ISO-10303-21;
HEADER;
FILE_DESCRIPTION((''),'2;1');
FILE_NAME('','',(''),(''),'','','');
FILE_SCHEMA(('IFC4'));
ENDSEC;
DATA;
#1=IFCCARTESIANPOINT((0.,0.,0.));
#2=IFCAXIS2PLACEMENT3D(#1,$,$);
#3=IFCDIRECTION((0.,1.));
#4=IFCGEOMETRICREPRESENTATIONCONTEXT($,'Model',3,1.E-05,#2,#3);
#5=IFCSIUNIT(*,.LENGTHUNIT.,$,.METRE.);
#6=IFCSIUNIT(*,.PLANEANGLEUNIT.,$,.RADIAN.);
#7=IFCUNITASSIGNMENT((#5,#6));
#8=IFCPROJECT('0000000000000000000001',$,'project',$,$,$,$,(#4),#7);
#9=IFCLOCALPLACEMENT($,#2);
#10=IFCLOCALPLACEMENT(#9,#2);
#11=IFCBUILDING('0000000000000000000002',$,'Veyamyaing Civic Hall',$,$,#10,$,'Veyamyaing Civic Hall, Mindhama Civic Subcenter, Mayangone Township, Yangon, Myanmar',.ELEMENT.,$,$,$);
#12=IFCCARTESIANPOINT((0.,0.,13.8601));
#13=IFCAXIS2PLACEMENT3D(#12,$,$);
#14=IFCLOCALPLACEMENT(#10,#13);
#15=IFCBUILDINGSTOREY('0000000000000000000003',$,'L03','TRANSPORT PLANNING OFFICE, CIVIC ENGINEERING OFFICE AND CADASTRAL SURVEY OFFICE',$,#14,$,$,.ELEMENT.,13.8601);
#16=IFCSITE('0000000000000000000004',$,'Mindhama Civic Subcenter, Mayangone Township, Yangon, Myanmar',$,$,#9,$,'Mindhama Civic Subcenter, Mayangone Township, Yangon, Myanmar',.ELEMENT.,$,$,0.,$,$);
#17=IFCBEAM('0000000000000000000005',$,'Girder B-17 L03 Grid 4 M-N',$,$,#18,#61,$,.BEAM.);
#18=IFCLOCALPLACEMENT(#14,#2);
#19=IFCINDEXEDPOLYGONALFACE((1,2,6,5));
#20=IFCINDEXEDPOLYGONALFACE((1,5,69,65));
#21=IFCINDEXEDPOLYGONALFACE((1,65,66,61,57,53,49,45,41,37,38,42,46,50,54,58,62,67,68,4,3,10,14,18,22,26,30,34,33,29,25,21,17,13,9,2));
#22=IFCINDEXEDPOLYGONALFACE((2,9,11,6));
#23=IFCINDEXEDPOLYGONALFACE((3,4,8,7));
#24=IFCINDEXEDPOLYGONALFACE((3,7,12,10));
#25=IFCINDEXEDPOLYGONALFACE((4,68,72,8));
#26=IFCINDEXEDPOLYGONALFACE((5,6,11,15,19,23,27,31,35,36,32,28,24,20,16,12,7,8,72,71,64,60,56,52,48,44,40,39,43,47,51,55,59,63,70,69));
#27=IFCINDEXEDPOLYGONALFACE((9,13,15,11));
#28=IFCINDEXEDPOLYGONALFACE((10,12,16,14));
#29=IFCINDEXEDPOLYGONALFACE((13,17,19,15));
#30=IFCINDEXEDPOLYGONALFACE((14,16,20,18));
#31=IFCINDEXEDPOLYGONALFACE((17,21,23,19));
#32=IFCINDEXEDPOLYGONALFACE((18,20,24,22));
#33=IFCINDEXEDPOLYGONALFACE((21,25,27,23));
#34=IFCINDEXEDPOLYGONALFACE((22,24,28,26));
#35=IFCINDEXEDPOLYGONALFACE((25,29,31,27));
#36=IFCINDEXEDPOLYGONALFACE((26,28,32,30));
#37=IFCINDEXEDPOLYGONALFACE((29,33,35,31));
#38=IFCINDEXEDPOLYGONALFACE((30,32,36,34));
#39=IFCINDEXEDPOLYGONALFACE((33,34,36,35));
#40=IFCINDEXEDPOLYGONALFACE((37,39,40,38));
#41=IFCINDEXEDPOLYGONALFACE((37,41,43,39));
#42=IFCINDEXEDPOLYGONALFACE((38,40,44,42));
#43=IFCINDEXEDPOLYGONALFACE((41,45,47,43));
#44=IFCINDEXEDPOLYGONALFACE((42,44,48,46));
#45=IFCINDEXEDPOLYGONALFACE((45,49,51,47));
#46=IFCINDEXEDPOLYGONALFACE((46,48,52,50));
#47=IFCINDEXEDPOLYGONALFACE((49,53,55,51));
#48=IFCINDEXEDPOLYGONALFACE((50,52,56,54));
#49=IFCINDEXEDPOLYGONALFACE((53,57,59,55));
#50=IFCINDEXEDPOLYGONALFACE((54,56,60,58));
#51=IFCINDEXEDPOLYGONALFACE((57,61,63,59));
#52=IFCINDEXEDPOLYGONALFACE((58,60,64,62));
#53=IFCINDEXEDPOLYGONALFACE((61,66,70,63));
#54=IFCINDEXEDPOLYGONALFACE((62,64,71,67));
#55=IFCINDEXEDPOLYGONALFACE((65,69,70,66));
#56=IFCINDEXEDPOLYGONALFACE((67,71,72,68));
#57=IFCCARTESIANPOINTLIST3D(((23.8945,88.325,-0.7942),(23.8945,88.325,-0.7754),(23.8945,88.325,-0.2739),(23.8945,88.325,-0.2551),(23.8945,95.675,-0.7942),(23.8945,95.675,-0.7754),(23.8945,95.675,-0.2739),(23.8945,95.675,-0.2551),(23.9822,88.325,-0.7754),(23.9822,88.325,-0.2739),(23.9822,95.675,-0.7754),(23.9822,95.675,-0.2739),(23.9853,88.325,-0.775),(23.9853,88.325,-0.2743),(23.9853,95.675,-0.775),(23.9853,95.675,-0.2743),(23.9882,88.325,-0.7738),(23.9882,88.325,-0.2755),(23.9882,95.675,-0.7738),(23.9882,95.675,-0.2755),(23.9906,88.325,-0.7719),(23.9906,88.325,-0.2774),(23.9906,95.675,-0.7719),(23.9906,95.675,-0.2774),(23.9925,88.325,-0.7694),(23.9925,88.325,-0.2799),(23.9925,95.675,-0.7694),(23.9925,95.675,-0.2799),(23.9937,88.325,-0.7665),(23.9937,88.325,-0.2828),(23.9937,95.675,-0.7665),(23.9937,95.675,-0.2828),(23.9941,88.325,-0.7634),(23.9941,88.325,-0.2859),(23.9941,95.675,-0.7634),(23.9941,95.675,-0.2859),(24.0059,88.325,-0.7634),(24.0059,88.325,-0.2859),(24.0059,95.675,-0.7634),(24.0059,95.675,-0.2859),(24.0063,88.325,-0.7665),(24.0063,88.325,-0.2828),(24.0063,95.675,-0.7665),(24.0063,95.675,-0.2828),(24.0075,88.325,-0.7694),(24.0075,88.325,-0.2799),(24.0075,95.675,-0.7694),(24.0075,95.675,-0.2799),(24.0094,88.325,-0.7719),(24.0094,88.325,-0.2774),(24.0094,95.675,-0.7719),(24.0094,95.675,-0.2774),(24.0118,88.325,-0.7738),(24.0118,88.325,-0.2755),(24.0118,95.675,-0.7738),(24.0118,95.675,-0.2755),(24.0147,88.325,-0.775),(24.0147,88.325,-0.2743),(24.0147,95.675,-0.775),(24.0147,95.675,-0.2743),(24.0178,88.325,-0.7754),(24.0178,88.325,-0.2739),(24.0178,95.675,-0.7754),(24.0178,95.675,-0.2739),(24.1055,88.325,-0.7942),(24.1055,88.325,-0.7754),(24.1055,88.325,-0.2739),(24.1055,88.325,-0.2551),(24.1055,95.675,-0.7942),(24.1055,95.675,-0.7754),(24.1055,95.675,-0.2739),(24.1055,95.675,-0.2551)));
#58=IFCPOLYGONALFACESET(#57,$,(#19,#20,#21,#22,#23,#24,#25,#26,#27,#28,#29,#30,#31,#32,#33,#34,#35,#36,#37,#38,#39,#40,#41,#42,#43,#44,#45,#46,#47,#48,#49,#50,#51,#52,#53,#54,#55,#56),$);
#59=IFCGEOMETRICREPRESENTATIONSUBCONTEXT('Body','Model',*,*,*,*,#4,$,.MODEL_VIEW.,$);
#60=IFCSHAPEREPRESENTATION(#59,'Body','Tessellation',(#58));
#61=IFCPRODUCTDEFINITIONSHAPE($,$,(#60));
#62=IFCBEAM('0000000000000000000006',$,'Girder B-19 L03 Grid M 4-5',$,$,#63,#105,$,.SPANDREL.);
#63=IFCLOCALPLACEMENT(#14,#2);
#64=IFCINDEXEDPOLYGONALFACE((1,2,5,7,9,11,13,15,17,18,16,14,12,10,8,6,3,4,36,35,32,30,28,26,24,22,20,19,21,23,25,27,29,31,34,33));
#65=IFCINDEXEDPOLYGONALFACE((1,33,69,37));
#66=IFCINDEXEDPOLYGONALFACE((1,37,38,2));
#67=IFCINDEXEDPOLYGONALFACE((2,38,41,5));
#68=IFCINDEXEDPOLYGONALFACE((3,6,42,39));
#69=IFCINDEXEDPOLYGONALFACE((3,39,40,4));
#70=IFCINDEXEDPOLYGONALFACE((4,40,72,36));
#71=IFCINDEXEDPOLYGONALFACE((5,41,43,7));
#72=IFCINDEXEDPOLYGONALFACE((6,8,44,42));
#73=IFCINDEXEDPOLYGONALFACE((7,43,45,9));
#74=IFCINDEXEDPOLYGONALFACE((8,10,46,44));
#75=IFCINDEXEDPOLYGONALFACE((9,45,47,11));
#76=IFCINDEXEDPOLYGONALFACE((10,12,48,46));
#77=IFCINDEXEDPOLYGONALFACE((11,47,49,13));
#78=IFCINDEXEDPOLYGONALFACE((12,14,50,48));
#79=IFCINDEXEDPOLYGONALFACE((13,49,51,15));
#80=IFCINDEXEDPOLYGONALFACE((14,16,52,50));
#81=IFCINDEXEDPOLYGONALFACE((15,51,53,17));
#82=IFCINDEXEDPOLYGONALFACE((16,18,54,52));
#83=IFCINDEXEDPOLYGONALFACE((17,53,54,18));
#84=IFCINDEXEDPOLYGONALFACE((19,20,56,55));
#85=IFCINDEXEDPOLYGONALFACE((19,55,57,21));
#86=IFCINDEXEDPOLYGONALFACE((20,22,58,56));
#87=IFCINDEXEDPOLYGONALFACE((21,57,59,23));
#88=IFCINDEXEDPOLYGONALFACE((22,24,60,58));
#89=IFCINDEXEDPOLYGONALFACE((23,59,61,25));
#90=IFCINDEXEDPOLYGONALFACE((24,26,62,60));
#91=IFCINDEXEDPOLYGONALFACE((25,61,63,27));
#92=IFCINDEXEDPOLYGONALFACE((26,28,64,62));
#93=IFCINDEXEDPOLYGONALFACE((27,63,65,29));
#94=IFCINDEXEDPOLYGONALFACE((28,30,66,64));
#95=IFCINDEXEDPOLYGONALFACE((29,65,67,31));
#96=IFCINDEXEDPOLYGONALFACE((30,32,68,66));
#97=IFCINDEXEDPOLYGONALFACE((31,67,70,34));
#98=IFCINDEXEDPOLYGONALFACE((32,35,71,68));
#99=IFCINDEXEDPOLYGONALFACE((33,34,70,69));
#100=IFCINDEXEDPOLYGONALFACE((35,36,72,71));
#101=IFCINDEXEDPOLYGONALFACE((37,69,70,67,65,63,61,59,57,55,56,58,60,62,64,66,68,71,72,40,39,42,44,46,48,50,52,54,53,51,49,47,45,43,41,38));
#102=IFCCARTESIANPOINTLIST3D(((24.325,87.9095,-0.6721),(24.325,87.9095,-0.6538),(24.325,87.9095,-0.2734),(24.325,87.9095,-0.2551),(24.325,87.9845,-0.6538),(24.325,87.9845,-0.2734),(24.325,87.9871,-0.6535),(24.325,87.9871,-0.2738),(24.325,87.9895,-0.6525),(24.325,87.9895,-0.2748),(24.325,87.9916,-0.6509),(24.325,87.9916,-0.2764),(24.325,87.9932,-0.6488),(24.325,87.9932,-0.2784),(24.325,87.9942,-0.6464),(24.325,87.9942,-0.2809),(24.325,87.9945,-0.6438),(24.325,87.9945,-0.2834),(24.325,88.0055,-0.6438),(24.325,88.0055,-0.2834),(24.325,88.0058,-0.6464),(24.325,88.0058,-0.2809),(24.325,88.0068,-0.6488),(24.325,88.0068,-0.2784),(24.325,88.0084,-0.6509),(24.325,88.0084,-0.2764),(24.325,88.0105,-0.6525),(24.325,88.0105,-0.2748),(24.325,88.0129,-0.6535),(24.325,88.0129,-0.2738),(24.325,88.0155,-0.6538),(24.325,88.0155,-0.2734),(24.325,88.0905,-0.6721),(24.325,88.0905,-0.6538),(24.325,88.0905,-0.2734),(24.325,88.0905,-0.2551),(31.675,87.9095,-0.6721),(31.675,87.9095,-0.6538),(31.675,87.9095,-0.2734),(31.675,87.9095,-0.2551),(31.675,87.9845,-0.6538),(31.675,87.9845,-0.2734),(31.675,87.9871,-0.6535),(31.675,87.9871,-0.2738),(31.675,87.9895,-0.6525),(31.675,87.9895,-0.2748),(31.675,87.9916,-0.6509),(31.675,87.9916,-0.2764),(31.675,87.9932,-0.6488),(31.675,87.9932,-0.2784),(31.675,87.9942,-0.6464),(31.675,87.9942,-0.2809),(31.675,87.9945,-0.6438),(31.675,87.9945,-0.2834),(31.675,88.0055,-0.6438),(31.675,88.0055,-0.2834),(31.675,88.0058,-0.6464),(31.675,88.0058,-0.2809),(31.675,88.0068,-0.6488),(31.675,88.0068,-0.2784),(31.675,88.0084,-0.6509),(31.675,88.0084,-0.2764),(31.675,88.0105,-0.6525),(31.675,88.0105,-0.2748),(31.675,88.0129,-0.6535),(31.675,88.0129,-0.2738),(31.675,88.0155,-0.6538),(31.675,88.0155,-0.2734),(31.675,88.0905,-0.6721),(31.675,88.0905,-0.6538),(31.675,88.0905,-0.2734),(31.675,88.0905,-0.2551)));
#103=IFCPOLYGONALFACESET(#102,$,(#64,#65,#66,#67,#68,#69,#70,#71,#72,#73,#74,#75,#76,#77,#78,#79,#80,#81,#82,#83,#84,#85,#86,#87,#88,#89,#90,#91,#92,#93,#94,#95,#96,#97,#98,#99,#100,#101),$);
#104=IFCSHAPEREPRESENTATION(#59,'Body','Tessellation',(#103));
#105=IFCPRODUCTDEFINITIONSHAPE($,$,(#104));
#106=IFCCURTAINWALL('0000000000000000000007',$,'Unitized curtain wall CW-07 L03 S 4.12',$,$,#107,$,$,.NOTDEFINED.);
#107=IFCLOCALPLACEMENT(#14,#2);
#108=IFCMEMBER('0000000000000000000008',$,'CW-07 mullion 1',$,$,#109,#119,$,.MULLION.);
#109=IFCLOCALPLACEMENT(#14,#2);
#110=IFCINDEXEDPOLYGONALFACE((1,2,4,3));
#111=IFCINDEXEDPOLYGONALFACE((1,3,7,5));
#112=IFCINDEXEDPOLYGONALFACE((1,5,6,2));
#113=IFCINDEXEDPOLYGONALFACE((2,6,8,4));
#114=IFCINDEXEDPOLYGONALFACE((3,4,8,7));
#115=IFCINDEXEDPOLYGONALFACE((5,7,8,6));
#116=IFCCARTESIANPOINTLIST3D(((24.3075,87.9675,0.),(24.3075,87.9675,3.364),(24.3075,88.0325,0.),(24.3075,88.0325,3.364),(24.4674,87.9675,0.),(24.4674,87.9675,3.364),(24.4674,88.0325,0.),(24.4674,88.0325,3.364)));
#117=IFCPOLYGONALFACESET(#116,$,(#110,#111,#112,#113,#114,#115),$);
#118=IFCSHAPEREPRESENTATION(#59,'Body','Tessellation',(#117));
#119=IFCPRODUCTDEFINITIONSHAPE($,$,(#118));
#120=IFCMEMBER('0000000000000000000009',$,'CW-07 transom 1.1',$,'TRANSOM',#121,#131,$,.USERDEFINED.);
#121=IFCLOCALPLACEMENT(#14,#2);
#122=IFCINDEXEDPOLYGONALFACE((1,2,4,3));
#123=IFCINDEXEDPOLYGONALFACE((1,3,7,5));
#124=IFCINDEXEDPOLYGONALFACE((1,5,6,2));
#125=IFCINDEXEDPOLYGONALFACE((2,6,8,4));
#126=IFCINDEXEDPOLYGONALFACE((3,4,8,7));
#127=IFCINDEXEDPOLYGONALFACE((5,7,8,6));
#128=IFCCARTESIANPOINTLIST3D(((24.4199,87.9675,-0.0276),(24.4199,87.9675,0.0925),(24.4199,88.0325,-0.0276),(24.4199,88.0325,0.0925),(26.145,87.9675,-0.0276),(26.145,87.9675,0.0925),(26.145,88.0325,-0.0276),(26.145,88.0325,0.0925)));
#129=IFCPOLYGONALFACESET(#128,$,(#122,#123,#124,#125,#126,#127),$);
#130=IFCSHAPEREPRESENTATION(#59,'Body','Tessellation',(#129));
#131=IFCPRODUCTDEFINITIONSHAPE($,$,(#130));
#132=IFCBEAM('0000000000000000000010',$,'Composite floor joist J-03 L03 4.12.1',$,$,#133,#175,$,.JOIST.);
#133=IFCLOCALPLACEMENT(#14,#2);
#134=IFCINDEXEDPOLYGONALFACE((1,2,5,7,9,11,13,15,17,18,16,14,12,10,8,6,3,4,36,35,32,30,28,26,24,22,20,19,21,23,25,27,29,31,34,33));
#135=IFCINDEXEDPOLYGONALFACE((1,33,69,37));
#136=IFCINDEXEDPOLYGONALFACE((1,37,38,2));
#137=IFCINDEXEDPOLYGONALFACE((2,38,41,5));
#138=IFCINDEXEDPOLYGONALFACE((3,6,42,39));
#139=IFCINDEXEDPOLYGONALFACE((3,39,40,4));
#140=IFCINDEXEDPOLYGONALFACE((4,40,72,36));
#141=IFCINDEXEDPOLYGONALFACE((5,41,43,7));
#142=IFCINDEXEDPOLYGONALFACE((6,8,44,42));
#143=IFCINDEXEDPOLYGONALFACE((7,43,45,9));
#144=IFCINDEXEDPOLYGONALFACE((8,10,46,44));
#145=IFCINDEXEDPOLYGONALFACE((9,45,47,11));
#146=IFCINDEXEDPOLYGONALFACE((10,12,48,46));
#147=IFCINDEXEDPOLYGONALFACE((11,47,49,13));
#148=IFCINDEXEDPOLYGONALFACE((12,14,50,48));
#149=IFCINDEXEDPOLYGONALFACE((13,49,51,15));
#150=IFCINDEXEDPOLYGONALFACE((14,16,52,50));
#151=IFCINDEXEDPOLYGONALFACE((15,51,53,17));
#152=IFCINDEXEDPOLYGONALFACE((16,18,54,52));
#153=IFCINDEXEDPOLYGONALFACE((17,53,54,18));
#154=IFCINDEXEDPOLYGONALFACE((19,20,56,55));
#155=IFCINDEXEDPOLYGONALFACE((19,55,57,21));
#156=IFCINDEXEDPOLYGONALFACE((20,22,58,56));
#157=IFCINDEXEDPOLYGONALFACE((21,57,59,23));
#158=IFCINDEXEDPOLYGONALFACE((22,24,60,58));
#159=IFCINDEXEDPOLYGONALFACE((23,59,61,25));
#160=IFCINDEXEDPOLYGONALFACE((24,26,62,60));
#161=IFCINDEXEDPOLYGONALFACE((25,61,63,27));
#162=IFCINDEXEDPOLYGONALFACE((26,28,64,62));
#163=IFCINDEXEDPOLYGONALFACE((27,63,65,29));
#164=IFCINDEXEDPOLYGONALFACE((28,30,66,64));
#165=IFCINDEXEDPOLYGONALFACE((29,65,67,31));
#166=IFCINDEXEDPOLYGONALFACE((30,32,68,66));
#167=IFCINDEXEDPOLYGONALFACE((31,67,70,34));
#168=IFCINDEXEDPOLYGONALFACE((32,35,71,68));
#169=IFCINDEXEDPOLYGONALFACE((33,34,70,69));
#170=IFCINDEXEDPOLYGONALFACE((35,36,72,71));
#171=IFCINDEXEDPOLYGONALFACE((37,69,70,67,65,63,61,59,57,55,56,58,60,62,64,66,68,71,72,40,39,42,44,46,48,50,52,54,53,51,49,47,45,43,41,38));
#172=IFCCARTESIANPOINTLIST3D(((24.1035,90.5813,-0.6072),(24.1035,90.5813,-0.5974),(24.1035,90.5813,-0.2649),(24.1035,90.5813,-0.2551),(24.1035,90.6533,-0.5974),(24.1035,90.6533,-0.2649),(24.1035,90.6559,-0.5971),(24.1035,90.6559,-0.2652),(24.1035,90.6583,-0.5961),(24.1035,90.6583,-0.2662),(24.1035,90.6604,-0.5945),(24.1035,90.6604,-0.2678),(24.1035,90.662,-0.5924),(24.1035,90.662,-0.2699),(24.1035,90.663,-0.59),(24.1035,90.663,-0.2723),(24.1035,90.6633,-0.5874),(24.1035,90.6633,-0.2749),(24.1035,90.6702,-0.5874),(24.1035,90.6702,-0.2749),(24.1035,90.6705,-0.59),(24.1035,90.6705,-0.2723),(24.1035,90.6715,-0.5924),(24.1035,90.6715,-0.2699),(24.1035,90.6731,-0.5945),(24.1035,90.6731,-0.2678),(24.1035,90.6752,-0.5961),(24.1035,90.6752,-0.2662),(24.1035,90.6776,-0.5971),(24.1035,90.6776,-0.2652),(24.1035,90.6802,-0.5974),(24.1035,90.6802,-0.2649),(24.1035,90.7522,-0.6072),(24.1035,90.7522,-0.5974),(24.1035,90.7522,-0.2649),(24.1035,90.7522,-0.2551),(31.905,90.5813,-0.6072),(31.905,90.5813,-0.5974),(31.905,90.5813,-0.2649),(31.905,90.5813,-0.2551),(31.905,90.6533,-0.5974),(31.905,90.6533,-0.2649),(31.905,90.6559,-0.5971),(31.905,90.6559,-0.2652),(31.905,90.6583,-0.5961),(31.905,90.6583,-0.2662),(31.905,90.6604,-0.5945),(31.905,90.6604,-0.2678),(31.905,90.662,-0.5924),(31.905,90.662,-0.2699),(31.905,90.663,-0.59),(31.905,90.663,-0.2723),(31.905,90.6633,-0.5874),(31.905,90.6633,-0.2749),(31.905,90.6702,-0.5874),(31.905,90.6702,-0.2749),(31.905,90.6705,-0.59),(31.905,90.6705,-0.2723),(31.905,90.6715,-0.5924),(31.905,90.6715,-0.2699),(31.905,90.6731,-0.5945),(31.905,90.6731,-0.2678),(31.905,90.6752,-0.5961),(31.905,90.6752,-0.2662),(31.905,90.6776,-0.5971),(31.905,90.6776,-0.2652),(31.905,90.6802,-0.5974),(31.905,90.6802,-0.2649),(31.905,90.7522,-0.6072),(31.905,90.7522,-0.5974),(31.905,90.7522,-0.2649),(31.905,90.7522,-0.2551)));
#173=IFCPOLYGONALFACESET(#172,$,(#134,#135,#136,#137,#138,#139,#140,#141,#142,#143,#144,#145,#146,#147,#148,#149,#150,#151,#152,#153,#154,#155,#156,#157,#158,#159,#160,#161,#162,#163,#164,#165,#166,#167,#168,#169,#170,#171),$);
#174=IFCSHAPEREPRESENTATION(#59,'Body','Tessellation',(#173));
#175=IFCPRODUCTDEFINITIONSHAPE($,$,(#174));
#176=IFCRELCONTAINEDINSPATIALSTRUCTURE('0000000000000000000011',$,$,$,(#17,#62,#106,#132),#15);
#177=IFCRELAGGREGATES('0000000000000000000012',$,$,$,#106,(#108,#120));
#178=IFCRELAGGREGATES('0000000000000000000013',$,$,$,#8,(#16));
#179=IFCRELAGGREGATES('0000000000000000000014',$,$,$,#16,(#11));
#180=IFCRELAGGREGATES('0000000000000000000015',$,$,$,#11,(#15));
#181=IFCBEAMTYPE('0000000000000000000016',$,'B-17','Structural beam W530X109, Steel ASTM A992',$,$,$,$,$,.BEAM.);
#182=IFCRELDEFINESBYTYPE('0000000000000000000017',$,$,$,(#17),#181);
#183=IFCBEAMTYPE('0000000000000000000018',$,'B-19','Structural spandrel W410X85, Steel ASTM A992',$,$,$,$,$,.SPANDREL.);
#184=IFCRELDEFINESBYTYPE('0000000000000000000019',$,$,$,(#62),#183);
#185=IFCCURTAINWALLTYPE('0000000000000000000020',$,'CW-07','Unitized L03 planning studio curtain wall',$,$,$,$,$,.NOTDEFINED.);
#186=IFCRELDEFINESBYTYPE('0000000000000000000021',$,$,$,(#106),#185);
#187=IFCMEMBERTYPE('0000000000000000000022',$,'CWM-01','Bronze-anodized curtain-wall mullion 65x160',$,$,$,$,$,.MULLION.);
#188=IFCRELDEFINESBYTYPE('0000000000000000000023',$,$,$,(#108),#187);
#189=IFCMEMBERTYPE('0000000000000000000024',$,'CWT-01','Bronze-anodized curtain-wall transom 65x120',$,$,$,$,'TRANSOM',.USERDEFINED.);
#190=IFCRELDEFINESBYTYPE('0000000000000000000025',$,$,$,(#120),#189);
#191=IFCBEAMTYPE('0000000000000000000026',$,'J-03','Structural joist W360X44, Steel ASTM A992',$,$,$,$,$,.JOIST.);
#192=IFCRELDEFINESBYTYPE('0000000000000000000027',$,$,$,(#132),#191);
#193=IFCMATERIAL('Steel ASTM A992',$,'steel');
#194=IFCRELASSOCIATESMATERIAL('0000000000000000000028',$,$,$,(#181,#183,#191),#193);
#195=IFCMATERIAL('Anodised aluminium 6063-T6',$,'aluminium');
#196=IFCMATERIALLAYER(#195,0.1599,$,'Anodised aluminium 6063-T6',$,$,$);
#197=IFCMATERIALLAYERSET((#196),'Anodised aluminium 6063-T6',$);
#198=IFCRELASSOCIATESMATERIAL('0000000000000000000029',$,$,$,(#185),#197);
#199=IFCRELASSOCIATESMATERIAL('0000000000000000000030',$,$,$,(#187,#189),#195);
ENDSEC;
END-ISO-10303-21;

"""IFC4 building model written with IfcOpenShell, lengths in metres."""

from ifc_helpers import new_model, si_unit, direction, frame, origin, origin_2d, place, context, subcontext, project, spatial, rectangle, i_section, extrude, material, layer, layer_set, material_profile, profile_set, type_object, element, aggregate, save


model = new_model("IFC4")

# Units and contexts
model_context = context("Model", 3, precision=1e-05, world=origin(), true_north=direction((0.0, 1.0)))
body_context = subcontext(model_context, "Body", "Model", "MODEL_VIEW")
ifc_project = project(units=[si_unit("LENGTHUNIT", "METRE"), si_unit("PLANEANGLEUNIT", "RADIAN")], contexts=[model_context])

# Site, building, storey
site_placement = place(None, origin())
site = spatial("IfcSite", under=ifc_project, at=site_placement, Name="Mindhama Civic Subcenter, Mayangone Township, Yangon, Myanmar", LongName="Mindhama Civic Subcenter, Mayangone Township, Yangon, Myanmar", CompositionType="ELEMENT", RefElevation=0.0)
building_placement = place(site_placement, origin())
building = spatial("IfcBuilding", under=site, at=building_placement, Name="Veyamyaing Civic Hall", LongName="Veyamyaing Civic Hall, Mindhama Civic Subcenter, Mayangone Township, Yangon, Myanmar", CompositionType="ELEMENT")
storey_placement = place(building_placement, frame((0.0, 0.0, 13.8601)))
storey = spatial("IfcBuildingStorey", under=building, at=storey_placement, Name="L03", Description="TRANSPORT PLANNING OFFICE, CIVIC ENGINEERING OFFICE AND CADASTRAL SURVEY OFFICE", CompositionType="ELEMENT", Elevation=13.8601)

# Beams
ifc_material_1 = material(Name="Steel ASTM A992", Category="steel")
ifc_material_profile_1 = material_profile(ifc_material_1, i_section(OverallWidth=0.2109, OverallDepth=0.5391, WebThickness=0.0117, FlangeThickness=0.0188, FilletRadius=0.012, at=origin_2d()), Name="W530X109")
ifc_profile_set_1 = profile_set([ifc_material_profile_1], Name="Steel ASTM A992")
beam_type_1 = type_object("IfcBeamType", Name="B-17", Description="Structural beam W530X109, Steel ASTM A992", PredefinedType="BEAM", material=ifc_profile_set_1)
beam_1_placement = place(storey_placement, frame((24.0, 88.325, -0.5247), z_axis=(0.0, 1.0, 0.0), x_axis=(-1.0, 0.0, 0.0)))
element("IfcBeam", 1, at=beam_1_placement, inside=storey, type_object=beam_type_1, Name="Girder B-17 L03 Grid 4 M-N", PredefinedType="BEAM", context=body_context, shape_type="SweptSolid", body=[
    extrude(i_section(OverallWidth=0.2109, OverallDepth=0.5391, WebThickness=0.0117, FlangeThickness=0.0188, FilletRadius=0.012, at=origin_2d()), origin(), (0.0, 0.0, 1.0), 7.3501),
])
ifc_material_profile_2 = material_profile(ifc_material_1, i_section(OverallWidth=0.1809, OverallDepth=0.417, WebThickness=0.011, FlangeThickness=0.0183, FilletRadius=0.01, at=origin_2d()), Name="W410X85")
ifc_profile_set_2 = profile_set([ifc_material_profile_2], Name="Steel ASTM A992")
beam_type_2 = type_object("IfcBeamType", Name="B-19", Description="Structural spandrel W410X85, Steel ASTM A992", PredefinedType="SPANDREL", material=ifc_profile_set_2)
beam_2_placement = place(storey_placement, frame((24.325, 88.0, -0.4636), z_axis=(1.0, 0.0, 0.0), x_axis=(0.0, 1.0, 0.0)))
element("IfcBeam", 2, at=beam_2_placement, inside=storey, type_object=beam_type_2, Name="Girder B-19 L03 Grid M 4-5", PredefinedType="SPANDREL", context=body_context, shape_type="SweptSolid", body=[
    extrude(i_section(OverallWidth=0.1809, OverallDepth=0.417, WebThickness=0.011, FlangeThickness=0.0183, FilletRadius=0.01, at=origin_2d()), origin(), (0.0, 0.0, 1.0), 7.3501),
])

# Curtain wall, members
ifc_material_2 = material(Name="Anodised aluminium 6063-T6", Category="aluminium")
ifc_layer_1 = layer(ifc_material_2, 0.1599, Name="Anodised aluminium 6063-T6")
ifc_layer_set_1 = layer_set([ifc_layer_1], Name="Anodised aluminium 6063-T6")
curtain_wall_type = type_object("IfcCurtainWallType", Name="CW-07", Description="Unitized L03 planning studio curtain wall", PredefinedType="NOTDEFINED", material=ifc_layer_set_1)
curtain_wall_placement = place(storey_placement, origin())
curtain_wall = element("IfcCurtainWall", 3, at=curtain_wall_placement, inside=storey, type_object=curtain_wall_type, Name="Unitized curtain wall CW-07 L03 S 4.12", PredefinedType="NOTDEFINED")
ifc_material_profile_3 = material_profile(ifc_material_2, rectangle(XDim=0.0649, YDim=0.1599, at=origin_2d()), Name="ALU-MUL-65X160")
ifc_profile_set_3 = profile_set([ifc_material_profile_3], Name="Anodised aluminium 6063-T6")
member_type_1 = type_object("IfcMemberType", Name="CWM-01", Description="Bronze-anodized curtain-wall mullion 65x160", PredefinedType="MULLION", material=ifc_profile_set_3)
member_1_placement = place(storey_placement, frame((24.3875, 88.0, 0.0), z_axis=(0.0, 0.0, 1.0), x_axis=(0.0, 1.0, 0.0)))
member_1 = element("IfcMember", 4, at=member_1_placement, type_object=member_type_1, Name="CW-07 mullion 1", PredefinedType="MULLION", context=body_context, shape_type="SweptSolid", body=[
    extrude(rectangle(XDim=0.0649, YDim=0.1599, at=origin_2d()), origin(), (0.0, 0.0, 1.0), 3.364),
])
ifc_material_profile_4 = material_profile(ifc_material_2, rectangle(XDim=0.0649, YDim=0.1201, at=origin_2d()), Name="ALU-TRN-65X120")
ifc_profile_set_4 = profile_set([ifc_material_profile_4], Name="Anodised aluminium 6063-T6")
member_type_2 = type_object("IfcMemberType", Name="CWT-01", Description="Bronze-anodized curtain-wall transom 65x120", ElementType="TRANSOM", PredefinedType="USERDEFINED", material=ifc_profile_set_4)
member_2_placement = place(storey_placement, frame((24.4199, 88.0, 0.0325), z_axis=(1.0, 0.0, 0.0), x_axis=(0.0, 1.0, 0.0)))
member_2 = element("IfcMember", 5, at=member_2_placement, type_object=member_type_2, Name="CW-07 transom 1.1", ObjectType="TRANSOM", PredefinedType="USERDEFINED", context=body_context, shape_type="SweptSolid", body=[
    extrude(rectangle(XDim=0.0649, YDim=0.1201, at=origin_2d()), origin(), (0.0, 0.0, 1.0), 1.7251),
])
aggregate(curtain_wall, [member_1, member_2])

# Beam
ifc_material_profile_5 = material_profile(ifc_material_1, i_section(OverallWidth=0.1709, OverallDepth=0.3521, WebThickness=0.0068, FlangeThickness=0.0098, FilletRadius=0.01, at=origin_2d()), Name="W360X44")
ifc_profile_set_5 = profile_set([ifc_material_profile_5], Name="Steel ASTM A992")
beam_type_3 = type_object("IfcBeamType", Name="J-03", Description="Structural joist W360X44, Steel ASTM A992", PredefinedType="JOIST", material=ifc_profile_set_5)
for number, where, z_axis, x_axis, name in (
    (6, (24.1035, 90.6667, -0.4312), (1.0, 0.0, 0.0), (0.0, 1.0, 0.0), "Composite floor joist J-03 L03 4.12.1"),
):
    element("IfcBeam", number, at=place(storey_placement, frame(where, z_axis=z_axis, x_axis=x_axis)), inside=storey, type_object=beam_type_3, Name=name, PredefinedType="JOIST", context=body_context, shape_type="SweptSolid", body=[
        extrude(i_section(OverallWidth=0.1709, OverallDepth=0.3521, WebThickness=0.0068, FlangeThickness=0.0098, FilletRadius=0.01, at=origin_2d()), origin(), (0.0, 0.0, 1.0), 7.8015),
    ])

save(model, "model.ifc")
